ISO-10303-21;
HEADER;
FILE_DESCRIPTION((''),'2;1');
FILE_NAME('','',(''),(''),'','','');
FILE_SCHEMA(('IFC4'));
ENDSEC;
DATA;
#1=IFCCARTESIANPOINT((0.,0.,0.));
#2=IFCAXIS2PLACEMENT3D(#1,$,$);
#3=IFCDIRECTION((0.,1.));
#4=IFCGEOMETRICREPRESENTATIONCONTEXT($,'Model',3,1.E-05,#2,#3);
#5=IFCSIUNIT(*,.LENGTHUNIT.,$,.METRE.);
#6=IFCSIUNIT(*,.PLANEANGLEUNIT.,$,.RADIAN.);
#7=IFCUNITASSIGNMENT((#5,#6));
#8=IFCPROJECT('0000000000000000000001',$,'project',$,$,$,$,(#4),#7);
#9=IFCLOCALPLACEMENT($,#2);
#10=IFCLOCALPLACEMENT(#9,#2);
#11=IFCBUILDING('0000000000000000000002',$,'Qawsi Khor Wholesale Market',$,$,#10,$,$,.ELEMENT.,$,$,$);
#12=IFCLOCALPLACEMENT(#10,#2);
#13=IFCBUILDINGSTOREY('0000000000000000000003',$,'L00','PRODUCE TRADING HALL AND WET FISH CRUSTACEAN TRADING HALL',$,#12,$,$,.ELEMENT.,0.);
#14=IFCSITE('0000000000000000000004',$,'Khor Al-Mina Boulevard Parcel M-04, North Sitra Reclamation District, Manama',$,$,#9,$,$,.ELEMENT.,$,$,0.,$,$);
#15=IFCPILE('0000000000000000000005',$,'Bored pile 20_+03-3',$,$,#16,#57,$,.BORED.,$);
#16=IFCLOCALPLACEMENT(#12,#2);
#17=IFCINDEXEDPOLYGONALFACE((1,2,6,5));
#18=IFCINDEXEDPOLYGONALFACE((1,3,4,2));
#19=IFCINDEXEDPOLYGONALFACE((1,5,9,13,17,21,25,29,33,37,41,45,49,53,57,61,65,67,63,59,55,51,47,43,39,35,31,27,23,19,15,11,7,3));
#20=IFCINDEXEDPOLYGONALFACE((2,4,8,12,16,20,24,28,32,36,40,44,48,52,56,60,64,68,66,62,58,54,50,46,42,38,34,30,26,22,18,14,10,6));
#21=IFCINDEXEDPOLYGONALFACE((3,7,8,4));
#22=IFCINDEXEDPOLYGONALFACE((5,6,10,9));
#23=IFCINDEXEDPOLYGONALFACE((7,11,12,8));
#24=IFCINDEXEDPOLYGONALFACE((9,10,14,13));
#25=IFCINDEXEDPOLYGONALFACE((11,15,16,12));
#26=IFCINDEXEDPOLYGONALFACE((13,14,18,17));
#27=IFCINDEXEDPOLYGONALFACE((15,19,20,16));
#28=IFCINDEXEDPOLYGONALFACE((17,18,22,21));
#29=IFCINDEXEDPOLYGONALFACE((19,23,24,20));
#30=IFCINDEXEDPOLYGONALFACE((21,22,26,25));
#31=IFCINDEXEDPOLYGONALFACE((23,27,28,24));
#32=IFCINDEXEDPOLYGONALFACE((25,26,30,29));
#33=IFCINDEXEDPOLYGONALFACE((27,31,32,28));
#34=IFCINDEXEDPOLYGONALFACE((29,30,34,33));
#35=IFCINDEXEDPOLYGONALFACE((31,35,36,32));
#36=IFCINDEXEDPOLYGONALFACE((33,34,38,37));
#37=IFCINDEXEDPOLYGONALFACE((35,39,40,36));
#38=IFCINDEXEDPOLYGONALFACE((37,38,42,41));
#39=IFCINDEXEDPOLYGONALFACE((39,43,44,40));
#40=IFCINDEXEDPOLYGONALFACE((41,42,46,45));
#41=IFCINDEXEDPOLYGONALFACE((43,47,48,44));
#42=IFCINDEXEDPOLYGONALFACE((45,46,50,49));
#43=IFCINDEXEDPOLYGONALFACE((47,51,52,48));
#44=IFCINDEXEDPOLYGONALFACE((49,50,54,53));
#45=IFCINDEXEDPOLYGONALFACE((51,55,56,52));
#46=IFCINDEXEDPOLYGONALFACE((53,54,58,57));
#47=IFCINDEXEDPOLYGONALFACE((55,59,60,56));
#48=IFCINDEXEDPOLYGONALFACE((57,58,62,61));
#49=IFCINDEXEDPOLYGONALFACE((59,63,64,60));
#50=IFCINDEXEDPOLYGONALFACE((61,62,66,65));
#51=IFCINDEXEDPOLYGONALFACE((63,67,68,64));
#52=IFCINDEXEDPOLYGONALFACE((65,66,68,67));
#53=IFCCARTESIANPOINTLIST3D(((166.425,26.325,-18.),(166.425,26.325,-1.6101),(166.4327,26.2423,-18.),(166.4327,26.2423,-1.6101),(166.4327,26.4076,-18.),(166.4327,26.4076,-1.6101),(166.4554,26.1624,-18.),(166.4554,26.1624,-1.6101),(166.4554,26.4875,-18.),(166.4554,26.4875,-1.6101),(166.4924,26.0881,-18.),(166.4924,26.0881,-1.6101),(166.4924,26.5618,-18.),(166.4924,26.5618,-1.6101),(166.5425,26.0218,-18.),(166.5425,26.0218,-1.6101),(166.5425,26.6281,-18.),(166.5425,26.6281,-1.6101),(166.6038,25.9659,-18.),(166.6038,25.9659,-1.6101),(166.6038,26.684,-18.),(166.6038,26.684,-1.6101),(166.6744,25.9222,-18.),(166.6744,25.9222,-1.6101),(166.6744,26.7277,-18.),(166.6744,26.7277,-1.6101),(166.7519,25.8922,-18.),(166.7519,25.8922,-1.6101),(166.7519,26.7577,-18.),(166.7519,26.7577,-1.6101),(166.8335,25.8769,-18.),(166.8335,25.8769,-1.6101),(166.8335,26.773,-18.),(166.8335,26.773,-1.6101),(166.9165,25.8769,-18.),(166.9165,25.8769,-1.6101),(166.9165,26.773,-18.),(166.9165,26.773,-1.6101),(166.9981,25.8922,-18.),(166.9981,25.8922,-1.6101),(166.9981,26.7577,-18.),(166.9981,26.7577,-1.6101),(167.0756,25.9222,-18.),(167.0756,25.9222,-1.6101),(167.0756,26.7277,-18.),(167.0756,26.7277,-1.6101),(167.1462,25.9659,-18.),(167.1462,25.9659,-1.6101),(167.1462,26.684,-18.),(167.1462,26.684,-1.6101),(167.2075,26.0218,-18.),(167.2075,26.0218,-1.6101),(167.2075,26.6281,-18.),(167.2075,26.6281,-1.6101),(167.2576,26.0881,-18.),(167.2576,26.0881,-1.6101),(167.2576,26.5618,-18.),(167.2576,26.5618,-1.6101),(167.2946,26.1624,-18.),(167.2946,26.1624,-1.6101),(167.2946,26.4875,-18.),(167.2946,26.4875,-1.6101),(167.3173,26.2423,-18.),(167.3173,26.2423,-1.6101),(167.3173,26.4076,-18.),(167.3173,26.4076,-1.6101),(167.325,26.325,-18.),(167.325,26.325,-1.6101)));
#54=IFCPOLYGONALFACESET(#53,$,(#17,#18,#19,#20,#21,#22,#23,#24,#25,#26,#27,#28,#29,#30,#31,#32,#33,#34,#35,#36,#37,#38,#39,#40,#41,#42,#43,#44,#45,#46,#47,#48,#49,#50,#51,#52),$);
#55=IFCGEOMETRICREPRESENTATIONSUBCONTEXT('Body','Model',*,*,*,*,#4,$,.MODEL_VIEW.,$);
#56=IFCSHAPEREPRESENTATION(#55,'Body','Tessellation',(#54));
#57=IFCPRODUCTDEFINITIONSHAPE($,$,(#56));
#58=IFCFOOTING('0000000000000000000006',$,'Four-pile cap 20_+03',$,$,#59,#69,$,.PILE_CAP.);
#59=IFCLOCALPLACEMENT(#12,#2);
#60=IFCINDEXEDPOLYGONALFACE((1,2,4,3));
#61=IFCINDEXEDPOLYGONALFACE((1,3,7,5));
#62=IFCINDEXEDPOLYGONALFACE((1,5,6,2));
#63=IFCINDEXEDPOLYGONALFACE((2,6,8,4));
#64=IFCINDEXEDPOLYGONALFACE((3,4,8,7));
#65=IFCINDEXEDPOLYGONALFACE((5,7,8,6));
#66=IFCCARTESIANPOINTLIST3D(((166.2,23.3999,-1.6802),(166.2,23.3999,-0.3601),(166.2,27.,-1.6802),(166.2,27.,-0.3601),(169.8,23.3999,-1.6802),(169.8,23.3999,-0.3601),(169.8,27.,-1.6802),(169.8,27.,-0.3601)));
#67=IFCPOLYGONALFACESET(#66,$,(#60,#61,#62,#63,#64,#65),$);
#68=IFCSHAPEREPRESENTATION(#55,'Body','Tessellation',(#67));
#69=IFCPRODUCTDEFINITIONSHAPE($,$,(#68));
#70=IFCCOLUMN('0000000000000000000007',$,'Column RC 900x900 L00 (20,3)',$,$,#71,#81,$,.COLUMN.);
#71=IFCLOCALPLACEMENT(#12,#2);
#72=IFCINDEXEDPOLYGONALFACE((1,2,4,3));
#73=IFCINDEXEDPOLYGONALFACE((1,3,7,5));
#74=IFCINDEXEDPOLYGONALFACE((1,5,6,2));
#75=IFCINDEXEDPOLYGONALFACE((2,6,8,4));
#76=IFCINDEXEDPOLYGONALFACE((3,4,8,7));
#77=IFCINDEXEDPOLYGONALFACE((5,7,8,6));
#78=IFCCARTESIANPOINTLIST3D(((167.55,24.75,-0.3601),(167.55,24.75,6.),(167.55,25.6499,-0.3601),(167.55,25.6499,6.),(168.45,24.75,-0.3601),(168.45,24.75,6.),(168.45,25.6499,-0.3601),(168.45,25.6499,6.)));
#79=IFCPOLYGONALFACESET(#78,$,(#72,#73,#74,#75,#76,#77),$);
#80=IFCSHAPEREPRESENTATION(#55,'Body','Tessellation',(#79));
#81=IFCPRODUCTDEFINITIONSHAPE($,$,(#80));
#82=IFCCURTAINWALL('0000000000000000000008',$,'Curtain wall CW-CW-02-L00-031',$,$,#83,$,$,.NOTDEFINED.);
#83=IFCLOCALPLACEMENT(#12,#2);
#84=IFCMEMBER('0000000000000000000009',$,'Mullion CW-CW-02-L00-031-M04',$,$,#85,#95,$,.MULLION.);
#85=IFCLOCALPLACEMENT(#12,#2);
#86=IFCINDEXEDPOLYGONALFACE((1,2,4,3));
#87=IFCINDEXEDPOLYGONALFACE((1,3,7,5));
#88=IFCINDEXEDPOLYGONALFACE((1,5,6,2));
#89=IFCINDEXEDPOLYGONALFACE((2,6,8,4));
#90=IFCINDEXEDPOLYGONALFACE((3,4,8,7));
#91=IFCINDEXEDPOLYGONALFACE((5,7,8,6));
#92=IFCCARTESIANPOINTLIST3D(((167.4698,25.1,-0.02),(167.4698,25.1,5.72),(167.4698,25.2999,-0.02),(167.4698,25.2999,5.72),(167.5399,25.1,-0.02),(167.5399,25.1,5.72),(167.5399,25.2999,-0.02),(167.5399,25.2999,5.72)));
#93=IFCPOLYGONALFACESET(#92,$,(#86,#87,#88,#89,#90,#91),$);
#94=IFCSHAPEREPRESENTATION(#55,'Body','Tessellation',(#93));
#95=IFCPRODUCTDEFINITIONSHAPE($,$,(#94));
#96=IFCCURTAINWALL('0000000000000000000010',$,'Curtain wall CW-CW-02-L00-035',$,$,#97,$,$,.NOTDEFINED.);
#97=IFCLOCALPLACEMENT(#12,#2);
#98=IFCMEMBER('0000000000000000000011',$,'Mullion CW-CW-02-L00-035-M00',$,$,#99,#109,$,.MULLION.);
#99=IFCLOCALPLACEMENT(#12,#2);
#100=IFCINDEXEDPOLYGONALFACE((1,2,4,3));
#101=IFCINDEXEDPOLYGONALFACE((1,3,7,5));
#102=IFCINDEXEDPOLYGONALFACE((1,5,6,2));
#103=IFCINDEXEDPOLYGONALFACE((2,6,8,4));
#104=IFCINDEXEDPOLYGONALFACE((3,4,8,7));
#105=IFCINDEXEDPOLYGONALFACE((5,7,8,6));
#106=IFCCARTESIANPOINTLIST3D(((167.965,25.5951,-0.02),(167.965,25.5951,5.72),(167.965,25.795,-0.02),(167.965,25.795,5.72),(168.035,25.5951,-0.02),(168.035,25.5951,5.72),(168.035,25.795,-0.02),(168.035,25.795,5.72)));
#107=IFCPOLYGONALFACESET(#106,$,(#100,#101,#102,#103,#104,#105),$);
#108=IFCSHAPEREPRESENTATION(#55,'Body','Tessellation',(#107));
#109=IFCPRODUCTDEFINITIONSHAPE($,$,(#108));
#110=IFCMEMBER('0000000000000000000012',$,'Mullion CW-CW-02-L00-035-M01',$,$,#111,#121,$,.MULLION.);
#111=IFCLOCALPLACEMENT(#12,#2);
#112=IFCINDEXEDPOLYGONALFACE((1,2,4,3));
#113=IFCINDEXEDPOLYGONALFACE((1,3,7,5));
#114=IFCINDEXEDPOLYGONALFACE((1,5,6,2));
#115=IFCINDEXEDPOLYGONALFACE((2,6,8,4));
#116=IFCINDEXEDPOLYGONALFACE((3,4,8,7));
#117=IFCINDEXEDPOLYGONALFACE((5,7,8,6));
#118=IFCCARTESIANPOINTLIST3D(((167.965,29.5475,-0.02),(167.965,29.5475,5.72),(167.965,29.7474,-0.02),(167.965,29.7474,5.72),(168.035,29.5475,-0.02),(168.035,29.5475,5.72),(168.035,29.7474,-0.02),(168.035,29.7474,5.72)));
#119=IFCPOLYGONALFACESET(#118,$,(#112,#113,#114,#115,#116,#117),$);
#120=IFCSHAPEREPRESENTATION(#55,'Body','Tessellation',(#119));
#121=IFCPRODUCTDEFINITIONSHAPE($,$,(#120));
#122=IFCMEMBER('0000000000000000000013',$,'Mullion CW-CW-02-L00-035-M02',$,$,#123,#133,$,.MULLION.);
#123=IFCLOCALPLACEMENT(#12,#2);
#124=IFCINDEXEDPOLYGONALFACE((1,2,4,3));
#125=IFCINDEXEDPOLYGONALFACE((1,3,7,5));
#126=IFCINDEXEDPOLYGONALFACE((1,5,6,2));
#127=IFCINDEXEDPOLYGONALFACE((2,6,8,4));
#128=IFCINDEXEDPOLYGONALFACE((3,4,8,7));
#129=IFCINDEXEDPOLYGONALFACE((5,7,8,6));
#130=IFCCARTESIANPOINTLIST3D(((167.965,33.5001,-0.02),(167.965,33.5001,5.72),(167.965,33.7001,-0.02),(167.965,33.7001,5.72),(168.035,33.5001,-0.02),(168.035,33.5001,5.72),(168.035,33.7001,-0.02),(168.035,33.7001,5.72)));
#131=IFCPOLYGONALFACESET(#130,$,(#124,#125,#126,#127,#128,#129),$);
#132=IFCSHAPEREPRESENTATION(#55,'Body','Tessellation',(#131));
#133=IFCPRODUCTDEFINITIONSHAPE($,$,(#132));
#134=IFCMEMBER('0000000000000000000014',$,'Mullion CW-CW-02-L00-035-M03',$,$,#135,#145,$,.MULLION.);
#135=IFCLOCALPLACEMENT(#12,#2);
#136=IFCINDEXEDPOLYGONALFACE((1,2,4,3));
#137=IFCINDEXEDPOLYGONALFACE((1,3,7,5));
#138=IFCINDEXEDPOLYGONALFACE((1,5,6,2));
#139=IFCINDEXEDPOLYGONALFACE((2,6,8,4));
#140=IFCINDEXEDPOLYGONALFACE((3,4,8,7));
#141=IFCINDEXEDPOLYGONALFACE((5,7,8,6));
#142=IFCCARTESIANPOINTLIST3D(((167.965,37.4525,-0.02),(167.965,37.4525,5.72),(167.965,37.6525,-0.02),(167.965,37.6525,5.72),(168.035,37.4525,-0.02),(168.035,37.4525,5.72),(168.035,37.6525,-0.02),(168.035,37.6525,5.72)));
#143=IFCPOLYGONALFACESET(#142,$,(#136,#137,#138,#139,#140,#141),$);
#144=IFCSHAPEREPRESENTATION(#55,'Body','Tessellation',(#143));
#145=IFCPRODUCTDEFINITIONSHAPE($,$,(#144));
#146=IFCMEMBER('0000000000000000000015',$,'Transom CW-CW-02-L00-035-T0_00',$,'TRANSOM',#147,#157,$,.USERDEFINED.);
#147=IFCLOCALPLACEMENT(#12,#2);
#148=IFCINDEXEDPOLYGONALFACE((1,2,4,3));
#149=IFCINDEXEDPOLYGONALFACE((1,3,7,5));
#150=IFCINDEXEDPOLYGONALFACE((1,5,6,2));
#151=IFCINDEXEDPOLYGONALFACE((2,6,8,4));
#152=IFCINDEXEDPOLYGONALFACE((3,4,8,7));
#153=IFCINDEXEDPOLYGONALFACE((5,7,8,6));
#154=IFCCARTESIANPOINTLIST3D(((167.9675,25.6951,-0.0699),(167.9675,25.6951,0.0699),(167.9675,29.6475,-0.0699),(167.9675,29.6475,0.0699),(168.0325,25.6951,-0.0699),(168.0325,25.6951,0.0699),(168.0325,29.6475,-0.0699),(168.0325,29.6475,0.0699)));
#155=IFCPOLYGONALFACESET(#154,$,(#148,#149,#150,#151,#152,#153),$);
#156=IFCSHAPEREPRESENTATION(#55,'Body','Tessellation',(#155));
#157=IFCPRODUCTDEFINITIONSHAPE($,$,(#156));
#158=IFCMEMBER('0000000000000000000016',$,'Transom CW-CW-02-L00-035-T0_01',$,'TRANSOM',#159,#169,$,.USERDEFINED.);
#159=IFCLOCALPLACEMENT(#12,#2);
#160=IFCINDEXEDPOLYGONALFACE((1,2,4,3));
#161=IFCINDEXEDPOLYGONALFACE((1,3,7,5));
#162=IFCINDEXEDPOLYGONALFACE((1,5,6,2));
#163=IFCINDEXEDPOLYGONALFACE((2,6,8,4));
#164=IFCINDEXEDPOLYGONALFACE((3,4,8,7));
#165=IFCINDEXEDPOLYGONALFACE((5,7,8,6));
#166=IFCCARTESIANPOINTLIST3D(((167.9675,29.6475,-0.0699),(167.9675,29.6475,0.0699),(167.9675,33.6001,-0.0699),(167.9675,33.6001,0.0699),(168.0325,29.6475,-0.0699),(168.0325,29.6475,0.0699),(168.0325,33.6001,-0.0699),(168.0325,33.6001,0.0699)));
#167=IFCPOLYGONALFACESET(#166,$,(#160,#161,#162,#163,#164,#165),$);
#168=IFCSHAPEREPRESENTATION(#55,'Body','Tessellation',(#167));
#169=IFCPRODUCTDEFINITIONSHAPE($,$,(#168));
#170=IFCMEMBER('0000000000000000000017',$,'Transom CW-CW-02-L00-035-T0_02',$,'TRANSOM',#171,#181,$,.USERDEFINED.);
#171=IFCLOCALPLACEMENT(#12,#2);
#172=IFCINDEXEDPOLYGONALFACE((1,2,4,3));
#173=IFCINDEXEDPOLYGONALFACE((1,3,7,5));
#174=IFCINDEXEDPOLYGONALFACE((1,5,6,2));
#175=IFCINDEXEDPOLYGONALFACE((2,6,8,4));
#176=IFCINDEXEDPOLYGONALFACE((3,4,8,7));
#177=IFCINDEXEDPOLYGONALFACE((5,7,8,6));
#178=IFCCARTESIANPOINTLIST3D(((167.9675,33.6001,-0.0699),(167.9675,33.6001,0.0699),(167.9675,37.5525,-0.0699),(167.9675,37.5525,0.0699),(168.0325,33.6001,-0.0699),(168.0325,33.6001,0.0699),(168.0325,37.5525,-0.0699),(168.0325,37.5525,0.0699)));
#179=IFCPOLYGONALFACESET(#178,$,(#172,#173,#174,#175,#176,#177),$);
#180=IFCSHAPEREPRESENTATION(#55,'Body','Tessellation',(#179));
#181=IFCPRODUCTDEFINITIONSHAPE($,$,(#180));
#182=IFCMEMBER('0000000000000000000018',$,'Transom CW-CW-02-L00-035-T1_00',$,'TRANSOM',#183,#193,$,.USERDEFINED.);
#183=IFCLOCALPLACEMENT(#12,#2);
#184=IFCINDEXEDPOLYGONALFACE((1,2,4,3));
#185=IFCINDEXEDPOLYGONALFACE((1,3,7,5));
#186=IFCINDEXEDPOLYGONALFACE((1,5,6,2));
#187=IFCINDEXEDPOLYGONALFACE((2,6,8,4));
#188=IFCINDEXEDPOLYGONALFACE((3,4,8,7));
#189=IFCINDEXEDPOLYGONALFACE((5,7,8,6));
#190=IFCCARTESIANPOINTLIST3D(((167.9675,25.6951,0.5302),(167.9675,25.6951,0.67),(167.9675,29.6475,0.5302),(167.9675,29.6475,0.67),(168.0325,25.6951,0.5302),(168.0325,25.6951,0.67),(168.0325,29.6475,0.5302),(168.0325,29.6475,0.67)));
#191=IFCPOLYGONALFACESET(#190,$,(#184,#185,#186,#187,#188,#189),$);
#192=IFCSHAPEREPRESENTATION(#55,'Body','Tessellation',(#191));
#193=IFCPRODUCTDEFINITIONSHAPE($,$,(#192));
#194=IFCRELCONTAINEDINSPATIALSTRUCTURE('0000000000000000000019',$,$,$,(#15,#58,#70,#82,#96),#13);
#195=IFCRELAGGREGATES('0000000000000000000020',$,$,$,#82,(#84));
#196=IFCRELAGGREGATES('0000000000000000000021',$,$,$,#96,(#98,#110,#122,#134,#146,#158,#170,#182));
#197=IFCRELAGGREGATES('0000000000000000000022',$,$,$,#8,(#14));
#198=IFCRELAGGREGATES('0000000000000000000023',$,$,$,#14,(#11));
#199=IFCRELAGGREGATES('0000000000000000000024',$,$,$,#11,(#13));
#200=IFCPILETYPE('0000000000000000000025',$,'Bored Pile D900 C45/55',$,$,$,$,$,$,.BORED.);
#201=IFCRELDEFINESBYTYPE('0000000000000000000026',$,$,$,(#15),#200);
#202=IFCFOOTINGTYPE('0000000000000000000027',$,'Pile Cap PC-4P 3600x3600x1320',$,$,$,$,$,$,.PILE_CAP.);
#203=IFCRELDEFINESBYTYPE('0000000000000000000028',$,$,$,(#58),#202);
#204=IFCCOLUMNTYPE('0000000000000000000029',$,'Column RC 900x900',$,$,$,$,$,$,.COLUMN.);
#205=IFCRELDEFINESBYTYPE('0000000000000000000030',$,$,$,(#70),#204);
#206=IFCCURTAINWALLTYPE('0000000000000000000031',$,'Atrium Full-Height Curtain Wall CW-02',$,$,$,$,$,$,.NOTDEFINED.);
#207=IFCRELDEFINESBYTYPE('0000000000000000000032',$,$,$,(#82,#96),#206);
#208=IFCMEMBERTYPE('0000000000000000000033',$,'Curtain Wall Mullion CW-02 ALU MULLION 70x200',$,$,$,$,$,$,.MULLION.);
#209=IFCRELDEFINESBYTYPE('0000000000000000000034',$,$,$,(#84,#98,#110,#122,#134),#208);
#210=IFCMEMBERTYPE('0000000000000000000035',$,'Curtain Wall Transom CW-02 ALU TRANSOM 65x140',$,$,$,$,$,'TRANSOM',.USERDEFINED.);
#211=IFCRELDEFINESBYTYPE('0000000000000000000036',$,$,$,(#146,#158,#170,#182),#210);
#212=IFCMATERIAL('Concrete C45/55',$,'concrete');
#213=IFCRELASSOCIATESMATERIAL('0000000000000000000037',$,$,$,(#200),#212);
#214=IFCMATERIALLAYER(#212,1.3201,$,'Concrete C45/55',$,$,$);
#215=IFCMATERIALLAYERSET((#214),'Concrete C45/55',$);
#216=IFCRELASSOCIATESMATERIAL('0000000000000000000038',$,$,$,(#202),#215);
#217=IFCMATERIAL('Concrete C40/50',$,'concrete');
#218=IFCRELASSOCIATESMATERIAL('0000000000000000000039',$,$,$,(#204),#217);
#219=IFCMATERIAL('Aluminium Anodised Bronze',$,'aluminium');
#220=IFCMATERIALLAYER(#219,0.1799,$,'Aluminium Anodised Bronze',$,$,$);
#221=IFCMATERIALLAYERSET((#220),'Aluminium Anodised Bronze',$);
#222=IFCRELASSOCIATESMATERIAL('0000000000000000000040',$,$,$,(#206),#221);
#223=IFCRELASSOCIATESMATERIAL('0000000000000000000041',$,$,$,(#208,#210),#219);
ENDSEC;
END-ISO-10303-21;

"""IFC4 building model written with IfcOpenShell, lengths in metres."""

from ifc_helpers import new_model, si_unit, direction, frame, origin, origin_2d, place, context, subcontext, project, spatial, rectangle, circle, extrude, material, layer, layer_set, material_profile, profile_set, type_object, element, aggregate, save


model = new_model("IFC4")

# Units and contexts
model_context = context("Model", 3, precision=1e-05, world=origin(), true_north=direction((0.0, 1.0)))
body_context = subcontext(model_context, "Body", "Model", "MODEL_VIEW")
ifc_project = project(units=[si_unit("LENGTHUNIT", "METRE"), si_unit("PLANEANGLEUNIT", "RADIAN")], contexts=[model_context])

# Site, building, storey
site_placement = place(None, origin())
site = spatial("IfcSite", under=ifc_project, at=site_placement, Name="Khor Al-Mina Boulevard Parcel M-04, North Sitra Reclamation District, Manama", CompositionType="ELEMENT", RefElevation=0.0)
building_placement = place(site_placement, origin())
building = spatial("IfcBuilding", under=site, at=building_placement, Name="Qawsi Khor Wholesale Market", CompositionType="ELEMENT")
storey_placement = place(building_placement, origin())
storey = spatial("IfcBuildingStorey", under=building, at=storey_placement, Name="L00", Description="PRODUCE TRADING HALL AND WET FISH CRUSTACEAN TRADING HALL", CompositionType="ELEMENT", Elevation=0.0)

# Pile
ifc_material_1 = material(Name="Concrete C45/55", Category="concrete")
ifc_material_profile_1 = material_profile(ifc_material_1, circle(Radius=0.45, at=origin_2d()), Name="PILE D900")
ifc_profile_set_1 = profile_set([ifc_material_profile_1], Name="Concrete C45/55")
pile_type = type_object("IfcPileType", Name="Bored Pile D900 C45/55", PredefinedType="BORED", material=ifc_profile_set_1)
pile_placement = place(storey_placement, frame((166.875, 26.325, -1.6101), z_axis=(0.0, 0.0, -1.0), x_axis=(1.0, 0.0, 0.0)))
element("IfcPile", 1, at=pile_placement, inside=storey, type_object=pile_type, Name="Bored pile 20_+03-3", PredefinedType="BORED", context=body_context, shape_type="SweptSolid", body=[
    extrude(circle(Radius=0.45, at=origin_2d()), origin(), (0.0, 0.0, 1.0), 16.3899),
])

# Footing
ifc_layer_1 = layer(ifc_material_1, 1.3201, Name="Concrete C45/55")
ifc_layer_set_1 = layer_set([ifc_layer_1], Name="Concrete C45/55")
footing_type = type_object("IfcFootingType", Name="Pile Cap PC-4P 3600x3600x1320", PredefinedType="PILE_CAP", material=ifc_layer_set_1)
footing_placement = place(storey_placement, frame((168.0, 25.2, -1.6802), z_axis=(0.0, 0.0, 1.0), x_axis=(1.0, 0.0, 0.0)))
element("IfcFooting", 2, at=footing_placement, inside=storey, type_object=footing_type, Name="Four-pile cap 20_+03", PredefinedType="PILE_CAP", context=body_context, shape_type="SweptSolid", body=[
    extrude(rectangle(XDim=3.6001, YDim=3.6001, at=origin_2d()), origin(), (0.0, 0.0, 1.0), 1.3201),
])

# Column
ifc_material_2 = material(Name="Concrete C40/50", Category="concrete")
ifc_material_profile_2 = material_profile(ifc_material_2, rectangle(XDim=0.8999, YDim=0.8999, at=origin_2d()), Name="RC 900x900")
ifc_profile_set_2 = profile_set([ifc_material_profile_2], Name="Concrete C40/50")
column_type = type_object("IfcColumnType", Name="Column RC 900x900", PredefinedType="COLUMN", material=ifc_profile_set_2)
column_placement = place(storey_placement, frame((168.0, 25.2, -0.3601), z_axis=(0.0, 0.0, 1.0), x_axis=(1.0, 0.0, 0.0)))
element("IfcColumn", 3, at=column_placement, inside=storey, type_object=column_type, Name="Column RC 900x900 L00 (20,3)", PredefinedType="COLUMN", context=body_context, shape_type="SweptSolid", body=[
    extrude(rectangle(XDim=0.8999, YDim=0.8999, at=origin_2d()), origin(), (0.0, 0.0, 1.0), 6.3601),
])

# Curtain wall, member
ifc_material_3 = material(Name="Aluminium Anodised Bronze", Category="aluminium")
ifc_layer_2 = layer(ifc_material_3, 0.1799, Name="Aluminium Anodised Bronze")
ifc_layer_set_2 = layer_set([ifc_layer_2], Name="Aluminium Anodised Bronze")
curtain_wall_type = type_object("IfcCurtainWallType", Name="Atrium Full-Height Curtain Wall CW-02", PredefinedType="NOTDEFINED", material=ifc_layer_set_2)
curtain_wall_1_placement = place(storey_placement, origin())
curtain_wall_1 = element("IfcCurtainWall", 4, at=curtain_wall_1_placement, inside=storey, type_object=curtain_wall_type, Name="Curtain wall CW-CW-02-L00-031", PredefinedType="NOTDEFINED")
ifc_material_profile_3 = material_profile(ifc_material_3, rectangle(XDim=0.0701, YDim=0.2, at=origin_2d()), Name="ALU MULLION 70x200")
ifc_profile_set_3 = profile_set([ifc_material_profile_3], Name="Aluminium Anodised Bronze")
member_type_1 = type_object("IfcMemberType", Name="Curtain Wall Mullion CW-02 ALU MULLION 70x200", PredefinedType="MULLION", material=ifc_profile_set_3)
member_1_placement = place(storey_placement, frame((167.5049, 25.2, -0.02), z_axis=(0.0, 0.0, 1.0), x_axis=(1.0, 0.0, 0.0)))
member_1 = element("IfcMember", 5, at=member_1_placement, type_object=member_type_1, Name="Mullion CW-CW-02-L00-031-M04", PredefinedType="MULLION", context=body_context, shape_type="SweptSolid", body=[
    extrude(rectangle(XDim=0.0701, YDim=0.2, at=origin_2d()), origin(), (0.0, 0.0, 1.0), 5.74),
])
aggregate(curtain_wall_1, [member_1])

# Curtain wall, members
curtain_wall_2_placement = place(storey_placement, origin())
curtain_wall_2 = element("IfcCurtainWall", 6, at=curtain_wall_2_placement, inside=storey, type_object=curtain_wall_type, Name="Curtain wall CW-CW-02-L00-035", PredefinedType="NOTDEFINED")
member_2_placement = place(storey_placement, frame((168.0, 25.6951, -0.02), z_axis=(0.0, 0.0, 1.0), x_axis=(1.0, 0.0, 0.0)))
member_2 = element("IfcMember", 7, at=member_2_placement, type_object=member_type_1, Name="Mullion CW-CW-02-L00-035-M00", PredefinedType="MULLION", context=body_context, shape_type="SweptSolid", body=[
    extrude(rectangle(XDim=0.0701, YDim=0.2, at=origin_2d()), origin(), (0.0, 0.0, 1.0), 5.74),
])
member_3_placement = place(storey_placement, frame((168.0, 29.6475, -0.02), z_axis=(0.0, 0.0, 1.0), x_axis=(1.0, 0.0, 0.0)))
member_3 = element("IfcMember", 8, at=member_3_placement, type_object=member_type_1, Name="Mullion CW-CW-02-L00-035-M01", PredefinedType="MULLION", context=body_context, shape_type="SweptSolid", body=[
    extrude(rectangle(XDim=0.0701, YDim=0.2, at=origin_2d()), origin(), (0.0, 0.0, 1.0), 5.74),
])
member_4_placement = place(storey_placement, frame((168.0, 33.6001, -0.02), z_axis=(0.0, 0.0, 1.0), x_axis=(1.0, 0.0, 0.0)))
member_4 = element("IfcMember", 9, at=member_4_placement, type_object=member_type_1, Name="Mullion CW-CW-02-L00-035-M02", PredefinedType="MULLION", context=body_context, shape_type="SweptSolid", body=[
    extrude(rectangle(XDim=0.0701, YDim=0.2, at=origin_2d()), origin(), (0.0, 0.0, 1.0), 5.74),
])
member_5_placement = place(storey_placement, frame((168.0, 37.5525, -0.02), z_axis=(0.0, 0.0, 1.0), x_axis=(1.0, 0.0, 0.0)))
member_5 = element("IfcMember", 10, at=member_5_placement, type_object=member_type_1, Name="Mullion CW-CW-02-L00-035-M03", PredefinedType="MULLION", context=body_context, shape_type="SweptSolid", body=[
    extrude(rectangle(XDim=0.0701, YDim=0.2, at=origin_2d()), origin(), (0.0, 0.0, 1.0), 5.74),
])
ifc_material_profile_4 = material_profile(ifc_material_3, rectangle(XDim=0.0649, YDim=0.1399, at=origin_2d()), Name="ALU TRANSOM 65x140")
ifc_profile_set_4 = profile_set([ifc_material_profile_4], Name="Aluminium Anodised Bronze")
member_type_2 = type_object("IfcMemberType", Name="Curtain Wall Transom CW-02 ALU TRANSOM 65x140", ElementType="TRANSOM", PredefinedType="USERDEFINED", material=ifc_profile_set_4)
member_6_placement = place(storey_placement, frame((168.0, 25.6951, 0.0), z_axis=(0.0, 1.0, 0.0), x_axis=(-1.0, 0.0, 0.0)))
member_6 = element("IfcMember", 11, at=member_6_placement, type_object=member_type_2, Name="Transom CW-CW-02-L00-035-T0_00", ObjectType="TRANSOM", PredefinedType="USERDEFINED", context=body_context, shape_type="SweptSolid", body=[
    extrude(rectangle(XDim=0.0649, YDim=0.1399, at=origin_2d()), origin(), (0.0, 0.0, 1.0), 3.9524),
])
member_7_placement = place(storey_placement, frame((168.0, 29.6475, 0.0), z_axis=(0.0, 1.0, 0.0), x_axis=(-1.0, 0.0, 0.0)))
member_7 = element("IfcMember", 12, at=member_7_placement, type_object=member_type_2, Name="Transom CW-CW-02-L00-035-T0_01", ObjectType="TRANSOM", PredefinedType="USERDEFINED", context=body_context, shape_type="SweptSolid", body=[
    extrude(rectangle(XDim=0.0649, YDim=0.1399, at=origin_2d()), origin(), (0.0, 0.0, 1.0), 3.9526),
])
member_8_placement = place(storey_placement, frame((168.0, 33.6001, 0.0), z_axis=(0.0, 1.0, 0.0), x_axis=(-1.0, 0.0, 0.0)))
member_8 = element("IfcMember", 13, at=member_8_placement, type_object=member_type_2, Name="Transom CW-CW-02-L00-035-T0_02", ObjectType="TRANSOM", PredefinedType="USERDEFINED", context=body_context, shape_type="SweptSolid", body=[
    extrude(rectangle(XDim=0.0649, YDim=0.1399, at=origin_2d()), origin(), (0.0, 0.0, 1.0), 3.9524),
])
member_9_placement = place(storey_placement, frame((168.0, 25.6951, 0.6001), z_axis=(0.0, 1.0, 0.0), x_axis=(-1.0, 0.0, 0.0)))
member_9 = element("IfcMember", 14, at=member_9_placement, type_object=member_type_2, Name="Transom CW-CW-02-L00-035-T1_00", ObjectType="TRANSOM", PredefinedType="USERDEFINED", context=body_context, shape_type="SweptSolid", body=[
    extrude(rectangle(XDim=0.0649, YDim=0.1399, at=origin_2d()), origin(), (0.0, 0.0, 1.0), 3.9524),
])
aggregate(curtain_wall_2, [member_2, member_3, member_4, member_5, member_6, member_7, member_8, member_9])

save(model, "model.ifc")
